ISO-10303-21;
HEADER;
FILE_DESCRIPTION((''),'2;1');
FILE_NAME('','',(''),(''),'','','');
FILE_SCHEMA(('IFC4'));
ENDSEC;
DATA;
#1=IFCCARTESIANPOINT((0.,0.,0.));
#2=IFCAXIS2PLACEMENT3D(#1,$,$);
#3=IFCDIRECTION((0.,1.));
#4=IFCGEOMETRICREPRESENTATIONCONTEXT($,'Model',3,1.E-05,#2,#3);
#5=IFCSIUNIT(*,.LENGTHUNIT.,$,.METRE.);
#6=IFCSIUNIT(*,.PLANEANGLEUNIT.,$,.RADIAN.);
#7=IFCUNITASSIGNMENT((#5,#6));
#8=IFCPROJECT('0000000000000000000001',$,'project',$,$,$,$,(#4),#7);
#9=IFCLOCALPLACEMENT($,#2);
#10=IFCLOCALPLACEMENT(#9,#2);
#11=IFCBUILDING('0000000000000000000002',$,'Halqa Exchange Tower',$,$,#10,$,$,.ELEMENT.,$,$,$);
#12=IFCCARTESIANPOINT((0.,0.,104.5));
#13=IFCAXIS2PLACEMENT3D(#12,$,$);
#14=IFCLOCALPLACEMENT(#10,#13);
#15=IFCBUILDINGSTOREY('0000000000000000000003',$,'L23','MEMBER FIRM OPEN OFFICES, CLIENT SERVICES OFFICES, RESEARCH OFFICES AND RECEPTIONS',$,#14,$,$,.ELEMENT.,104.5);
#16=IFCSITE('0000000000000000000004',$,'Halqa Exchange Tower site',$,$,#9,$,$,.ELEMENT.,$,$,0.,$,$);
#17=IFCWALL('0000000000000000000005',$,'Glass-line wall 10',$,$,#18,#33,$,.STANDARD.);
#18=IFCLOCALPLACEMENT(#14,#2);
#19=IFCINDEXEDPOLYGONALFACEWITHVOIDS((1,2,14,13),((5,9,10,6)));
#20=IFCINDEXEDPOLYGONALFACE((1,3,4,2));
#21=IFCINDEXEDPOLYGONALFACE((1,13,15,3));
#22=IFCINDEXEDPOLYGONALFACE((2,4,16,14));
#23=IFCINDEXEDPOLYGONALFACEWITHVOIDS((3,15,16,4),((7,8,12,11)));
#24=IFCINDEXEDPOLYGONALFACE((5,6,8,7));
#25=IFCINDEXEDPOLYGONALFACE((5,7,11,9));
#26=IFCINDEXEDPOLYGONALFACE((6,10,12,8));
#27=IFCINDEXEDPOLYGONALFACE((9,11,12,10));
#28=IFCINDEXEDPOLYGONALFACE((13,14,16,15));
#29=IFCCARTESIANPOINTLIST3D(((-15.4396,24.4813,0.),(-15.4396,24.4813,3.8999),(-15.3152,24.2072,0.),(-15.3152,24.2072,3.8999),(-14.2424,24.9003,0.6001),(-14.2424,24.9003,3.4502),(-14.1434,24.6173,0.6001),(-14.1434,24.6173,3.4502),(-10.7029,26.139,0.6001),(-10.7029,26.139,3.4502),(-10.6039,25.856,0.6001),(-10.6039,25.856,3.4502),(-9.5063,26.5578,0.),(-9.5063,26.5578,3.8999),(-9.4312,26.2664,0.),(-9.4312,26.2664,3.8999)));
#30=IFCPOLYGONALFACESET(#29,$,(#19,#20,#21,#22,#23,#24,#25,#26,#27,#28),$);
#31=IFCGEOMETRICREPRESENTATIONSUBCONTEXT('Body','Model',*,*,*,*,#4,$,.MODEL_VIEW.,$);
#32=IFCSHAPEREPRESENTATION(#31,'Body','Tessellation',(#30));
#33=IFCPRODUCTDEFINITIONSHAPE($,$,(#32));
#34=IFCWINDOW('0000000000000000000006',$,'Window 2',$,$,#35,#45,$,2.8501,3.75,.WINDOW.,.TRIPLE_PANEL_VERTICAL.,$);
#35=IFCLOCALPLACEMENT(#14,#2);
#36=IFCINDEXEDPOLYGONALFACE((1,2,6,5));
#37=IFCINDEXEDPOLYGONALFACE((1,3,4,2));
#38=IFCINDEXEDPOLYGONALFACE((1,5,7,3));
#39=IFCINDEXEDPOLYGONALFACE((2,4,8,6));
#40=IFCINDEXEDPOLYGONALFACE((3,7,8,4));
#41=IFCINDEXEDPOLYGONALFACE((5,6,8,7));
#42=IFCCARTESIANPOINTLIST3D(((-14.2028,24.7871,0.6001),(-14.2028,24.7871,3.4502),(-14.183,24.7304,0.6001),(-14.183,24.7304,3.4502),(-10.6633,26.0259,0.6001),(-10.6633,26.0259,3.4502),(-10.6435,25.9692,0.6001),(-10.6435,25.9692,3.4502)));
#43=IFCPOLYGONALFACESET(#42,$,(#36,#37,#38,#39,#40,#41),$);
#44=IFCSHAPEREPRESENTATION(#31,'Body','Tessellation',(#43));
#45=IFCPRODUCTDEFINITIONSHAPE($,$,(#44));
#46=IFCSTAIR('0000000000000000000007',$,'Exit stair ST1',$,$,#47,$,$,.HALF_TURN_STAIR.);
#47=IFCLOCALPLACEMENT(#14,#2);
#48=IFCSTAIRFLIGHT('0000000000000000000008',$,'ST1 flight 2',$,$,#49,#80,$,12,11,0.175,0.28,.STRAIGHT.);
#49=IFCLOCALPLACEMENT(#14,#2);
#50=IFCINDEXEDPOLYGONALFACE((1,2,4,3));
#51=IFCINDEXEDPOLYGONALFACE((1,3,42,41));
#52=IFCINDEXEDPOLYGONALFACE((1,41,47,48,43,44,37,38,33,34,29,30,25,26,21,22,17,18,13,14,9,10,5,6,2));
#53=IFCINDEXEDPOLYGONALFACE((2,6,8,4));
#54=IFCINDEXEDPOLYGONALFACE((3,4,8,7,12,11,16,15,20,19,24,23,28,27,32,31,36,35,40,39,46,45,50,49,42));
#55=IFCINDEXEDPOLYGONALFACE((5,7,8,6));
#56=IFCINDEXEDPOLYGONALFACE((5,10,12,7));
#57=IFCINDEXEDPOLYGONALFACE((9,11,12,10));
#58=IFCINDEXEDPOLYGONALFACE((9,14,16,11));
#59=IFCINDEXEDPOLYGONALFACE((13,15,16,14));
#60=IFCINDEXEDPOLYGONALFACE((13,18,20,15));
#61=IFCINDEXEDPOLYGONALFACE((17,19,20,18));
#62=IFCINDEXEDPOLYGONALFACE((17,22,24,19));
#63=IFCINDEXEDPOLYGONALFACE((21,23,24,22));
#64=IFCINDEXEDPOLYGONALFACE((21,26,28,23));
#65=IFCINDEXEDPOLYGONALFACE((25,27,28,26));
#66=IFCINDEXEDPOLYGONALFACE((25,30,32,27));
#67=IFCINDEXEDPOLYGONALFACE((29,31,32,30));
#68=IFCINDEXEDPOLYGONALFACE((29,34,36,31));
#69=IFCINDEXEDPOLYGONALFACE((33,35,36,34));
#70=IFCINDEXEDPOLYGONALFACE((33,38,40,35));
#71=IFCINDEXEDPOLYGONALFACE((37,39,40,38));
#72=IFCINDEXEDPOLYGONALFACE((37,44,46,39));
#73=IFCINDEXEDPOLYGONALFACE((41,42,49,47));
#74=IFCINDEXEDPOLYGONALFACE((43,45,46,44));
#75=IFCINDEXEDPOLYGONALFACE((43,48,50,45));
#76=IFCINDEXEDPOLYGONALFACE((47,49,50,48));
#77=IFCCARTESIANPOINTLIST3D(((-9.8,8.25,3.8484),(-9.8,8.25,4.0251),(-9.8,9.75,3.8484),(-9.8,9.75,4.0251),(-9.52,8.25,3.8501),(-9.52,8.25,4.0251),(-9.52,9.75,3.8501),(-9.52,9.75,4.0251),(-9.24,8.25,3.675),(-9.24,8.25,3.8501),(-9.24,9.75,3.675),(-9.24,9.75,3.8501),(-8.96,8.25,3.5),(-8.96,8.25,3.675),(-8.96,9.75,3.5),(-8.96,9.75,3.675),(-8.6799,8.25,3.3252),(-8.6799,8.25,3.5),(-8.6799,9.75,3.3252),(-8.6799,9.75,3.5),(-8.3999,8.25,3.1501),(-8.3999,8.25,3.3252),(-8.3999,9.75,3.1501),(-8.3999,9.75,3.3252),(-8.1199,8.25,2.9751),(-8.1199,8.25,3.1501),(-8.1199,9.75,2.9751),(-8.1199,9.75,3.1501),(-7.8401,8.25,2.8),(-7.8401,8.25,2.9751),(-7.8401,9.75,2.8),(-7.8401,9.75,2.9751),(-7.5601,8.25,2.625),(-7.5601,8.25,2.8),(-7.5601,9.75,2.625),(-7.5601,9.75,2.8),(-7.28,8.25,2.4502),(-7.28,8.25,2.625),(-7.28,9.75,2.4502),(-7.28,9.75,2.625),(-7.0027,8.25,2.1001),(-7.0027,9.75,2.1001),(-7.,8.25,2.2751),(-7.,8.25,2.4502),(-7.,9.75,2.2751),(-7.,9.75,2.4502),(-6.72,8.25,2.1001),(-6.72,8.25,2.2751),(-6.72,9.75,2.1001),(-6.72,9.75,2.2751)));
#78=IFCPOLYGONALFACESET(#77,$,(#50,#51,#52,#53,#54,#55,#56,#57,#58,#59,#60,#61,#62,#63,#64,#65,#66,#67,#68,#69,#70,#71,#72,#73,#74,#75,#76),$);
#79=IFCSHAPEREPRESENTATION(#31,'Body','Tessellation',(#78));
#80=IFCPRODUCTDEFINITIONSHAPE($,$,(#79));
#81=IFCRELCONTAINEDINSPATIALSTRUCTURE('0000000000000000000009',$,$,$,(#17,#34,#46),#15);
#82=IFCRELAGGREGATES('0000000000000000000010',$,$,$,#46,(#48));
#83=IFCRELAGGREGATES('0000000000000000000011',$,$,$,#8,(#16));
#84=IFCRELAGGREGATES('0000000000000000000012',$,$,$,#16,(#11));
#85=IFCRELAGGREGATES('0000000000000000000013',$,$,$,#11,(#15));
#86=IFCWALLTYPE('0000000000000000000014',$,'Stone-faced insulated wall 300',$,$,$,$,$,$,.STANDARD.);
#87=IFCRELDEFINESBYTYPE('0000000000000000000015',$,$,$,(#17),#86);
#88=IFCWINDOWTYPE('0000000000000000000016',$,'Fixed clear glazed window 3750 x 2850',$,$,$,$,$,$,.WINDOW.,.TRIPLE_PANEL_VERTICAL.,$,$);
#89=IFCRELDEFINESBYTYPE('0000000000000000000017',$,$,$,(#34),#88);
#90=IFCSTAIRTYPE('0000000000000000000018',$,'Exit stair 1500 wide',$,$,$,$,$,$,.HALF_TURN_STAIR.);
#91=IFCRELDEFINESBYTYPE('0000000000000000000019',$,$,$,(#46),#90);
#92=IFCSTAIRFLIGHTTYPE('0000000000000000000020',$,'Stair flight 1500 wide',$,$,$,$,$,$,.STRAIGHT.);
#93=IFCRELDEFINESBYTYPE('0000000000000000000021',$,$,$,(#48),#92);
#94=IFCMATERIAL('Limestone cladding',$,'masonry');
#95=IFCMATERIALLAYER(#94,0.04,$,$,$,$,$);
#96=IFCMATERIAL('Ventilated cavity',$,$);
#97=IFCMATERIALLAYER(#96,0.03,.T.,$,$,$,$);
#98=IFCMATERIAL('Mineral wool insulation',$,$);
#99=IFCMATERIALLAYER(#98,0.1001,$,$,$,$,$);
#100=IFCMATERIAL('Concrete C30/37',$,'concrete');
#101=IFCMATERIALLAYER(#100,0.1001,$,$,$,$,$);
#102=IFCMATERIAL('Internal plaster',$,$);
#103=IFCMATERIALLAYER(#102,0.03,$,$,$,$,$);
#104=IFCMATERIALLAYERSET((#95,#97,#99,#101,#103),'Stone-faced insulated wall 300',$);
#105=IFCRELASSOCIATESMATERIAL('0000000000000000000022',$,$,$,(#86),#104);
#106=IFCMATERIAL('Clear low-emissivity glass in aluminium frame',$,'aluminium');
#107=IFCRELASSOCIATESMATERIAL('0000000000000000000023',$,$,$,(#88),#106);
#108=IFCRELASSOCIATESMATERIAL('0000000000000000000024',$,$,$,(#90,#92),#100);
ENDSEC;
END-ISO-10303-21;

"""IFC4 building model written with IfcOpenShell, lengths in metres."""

from ifc_helpers import new_model, si_unit, direction, frame, frame_2d, origin, place, context, subcontext, project, spatial, polyline, rectangle, outline, extrude, material, layer, layer_set, type_object, element, fill, aggregate, save


model = new_model("IFC4")

# Units and contexts
model_context = context("Model", 3, precision=1e-05, world=origin(), true_north=direction((0.0, 1.0)))
body_context = subcontext(model_context, "Body", "Model", "MODEL_VIEW")
ifc_project = project(units=[si_unit("LENGTHUNIT", "METRE"), si_unit("PLANEANGLEUNIT", "RADIAN")], contexts=[model_context])

# Site, building, storey
site_placement = place(None, origin())
site = spatial("IfcSite", under=ifc_project, at=site_placement, Name="Halqa Exchange Tower site", CompositionType="ELEMENT", RefElevation=0.0)
building_placement = place(site_placement, origin())
building = spatial("IfcBuilding", under=site, at=building_placement, Name="Halqa Exchange Tower", CompositionType="ELEMENT")
storey_placement = place(building_placement, frame((0.0, 0.0, 104.5)))
storey = spatial("IfcBuildingStorey", under=building, at=storey_placement, Name="L23", Description="MEMBER FIRM OPEN OFFICES, CLIENT SERVICES OFFICES, RESEARCH OFFICES AND RECEPTIONS", CompositionType="ELEMENT", Elevation=104.5)

# Shared definitions
ifc_material_1 = material(Name="Concrete C30/37", Category="concrete")

# Wall, opening, window
ifc_material_2 = material(Name="Limestone cladding", Category="masonry")
ifc_layer_1 = layer(ifc_material_2, 0.04)
ifc_material_3 = material(Name="Ventilated cavity")
ifc_layer_2 = layer(ifc_material_3, 0.03, ventilated=True)
ifc_material_4 = material(Name="Mineral wool insulation")
ifc_layer_3 = layer(ifc_material_4, 0.1001)
ifc_layer_4 = layer(ifc_material_1, 0.1001)
ifc_material_5 = material(Name="Internal plaster")
ifc_layer_5 = layer(ifc_material_5, 0.03)
ifc_layer_set_1 = layer_set([ifc_layer_1, ifc_layer_2, ifc_layer_3, ifc_layer_4, ifc_layer_5], Name="Stone-faced insulated wall 300")
wall_type_1 = type_object("IfcWallType", Name="Stone-faced insulated wall 300", PredefinedType="STANDARD", material=ifc_layer_set_1)
ifc_material_6 = material(Name="Clear low-emissivity glass in aluminium frame", Category="aluminium")
window_type = type_object("IfcWindowType", Name="Fixed clear glazed window 3750 x 2850", PartitioningType="TRIPLE_PANEL_VERTICAL", PredefinedType="WINDOW", material=ifc_material_6)
wall_1_placement = place(storey_placement, frame((-9.4688, 26.4121, 0.0), z_axis=(0.0, 0.0, 1.0), x_axis=(-0.943867, -0.330326, 0.0)))
wall_1 = element("IfcWall", 1, at=wall_1_placement, inside=storey, type_object=wall_type_1, Name="Glass-line wall 10", PredefinedType="STANDARD", context=body_context, shape_type="SweptSolid", body=[
    extrude(outline(polyline([(-0.0127, -0.1499), (6.2734, -0.1499), (6.2466, 0.1499), (0.0127, 0.1499), (-0.0127, -0.1499)])), origin(), (0.0, 0.0, 1.0), 3.8999),
])
opening_1_placement = place(wall_1_placement, frame((1.2551, 0.0, 0.6001)))
opening_1 = element("IfcOpeningElement", 2, at=opening_1_placement, cuts=wall_1, PredefinedType="OPENING", context=body_context, shape_type="SweptSolid", body=[
    extrude(rectangle(XDim=3.75, YDim=2.8501, at=frame_2d((1.875, 1.425))), frame((0.0, 0.1621, 0.0), z_axis=(0.0, -1.0, 0.0), x_axis=(1.0, 0.0, 0.0)), (0.0, 0.0, 1.0), 0.324),
])
window_1_placement = place(opening_1_placement, origin())
window_1 = element("IfcWindow", 3, at=window_1_placement, inside=storey, type_object=window_type, Name="Window 2", OverallHeight=2.8501, OverallWidth=3.75, PartitioningType="TRIPLE_PANEL_VERTICAL", PredefinedType="WINDOW", context=body_context, shape_type="SweptSolid", body=[
    extrude(rectangle(XDim=3.75, YDim=2.8501, at=frame_2d((1.875, 1.425))), frame((0.0, 0.03, 0.0), z_axis=(0.0, -1.0, 0.0), x_axis=(1.0, 0.0, 0.0)), (0.0, 0.0, 1.0), 0.0601),
])
fill(opening_1, window_1)

# Stair, stair flight
stair_type = type_object("IfcStairType", Name="Exit stair 1500 wide", PredefinedType="HALF_TURN_STAIR", material=ifc_material_1)
stair_placement = place(storey_placement, origin())
stair = element("IfcStair", 4, at=stair_placement, inside=storey, type_object=stair_type, Name="Exit stair ST1", PredefinedType="HALF_TURN_STAIR")
stair_flight_type = type_object("IfcStairFlightType", Name="Stair flight 1500 wide", PredefinedType="STRAIGHT", material=ifc_material_1)
stair_flight_placement = place(storey_placement, frame((-6.72, 9.0, 2.1001), z_axis=(0.0, 0.0, 1.0), x_axis=(-1.0, 0.0, 0.0)))
stair_flight = element("IfcStairFlight", 5, at=stair_flight_placement, type_object=stair_flight_type, Name="ST1 flight 2", NumberOfRisers=12, NumberOfTreads=11, PredefinedType="STRAIGHT", RiserHeight=0.175, TreadLength=0.28, context=body_context, shape_type="SweptSolid", body=[
    extrude(outline(polyline([(0.0, 0.0), (0.0, 0.175), (0.28, 0.175), (0.28, 0.3501), (0.5601, 0.3501), (0.5601, 0.5249), (0.8401, 0.5249), (0.8401, 0.7), (1.1201, 0.7), (1.1201, 0.875), (1.3999, 0.875), (1.3999, 1.05), (1.6799, 1.05), (1.6799, 1.2251), (1.96, 1.2251), (1.96, 1.3999), (2.24, 1.3999), (2.24, 1.575), (2.52, 1.575), (2.52, 1.75), (2.8, 1.75), (2.8, 1.925), (3.0801, 1.925), (3.0801, 2.1001), (3.0801, 1.7483), (0.2827, 0.0), (0.0, 0.0)])), frame((0.0, 0.75, 0.0), z_axis=(0.0, -1.0, 0.0), x_axis=(1.0, 0.0, 0.0)), (0.0, 0.0, 1.0), 1.5),
])
aggregate(stair, [stair_flight])

save(model, "model.ifc")
